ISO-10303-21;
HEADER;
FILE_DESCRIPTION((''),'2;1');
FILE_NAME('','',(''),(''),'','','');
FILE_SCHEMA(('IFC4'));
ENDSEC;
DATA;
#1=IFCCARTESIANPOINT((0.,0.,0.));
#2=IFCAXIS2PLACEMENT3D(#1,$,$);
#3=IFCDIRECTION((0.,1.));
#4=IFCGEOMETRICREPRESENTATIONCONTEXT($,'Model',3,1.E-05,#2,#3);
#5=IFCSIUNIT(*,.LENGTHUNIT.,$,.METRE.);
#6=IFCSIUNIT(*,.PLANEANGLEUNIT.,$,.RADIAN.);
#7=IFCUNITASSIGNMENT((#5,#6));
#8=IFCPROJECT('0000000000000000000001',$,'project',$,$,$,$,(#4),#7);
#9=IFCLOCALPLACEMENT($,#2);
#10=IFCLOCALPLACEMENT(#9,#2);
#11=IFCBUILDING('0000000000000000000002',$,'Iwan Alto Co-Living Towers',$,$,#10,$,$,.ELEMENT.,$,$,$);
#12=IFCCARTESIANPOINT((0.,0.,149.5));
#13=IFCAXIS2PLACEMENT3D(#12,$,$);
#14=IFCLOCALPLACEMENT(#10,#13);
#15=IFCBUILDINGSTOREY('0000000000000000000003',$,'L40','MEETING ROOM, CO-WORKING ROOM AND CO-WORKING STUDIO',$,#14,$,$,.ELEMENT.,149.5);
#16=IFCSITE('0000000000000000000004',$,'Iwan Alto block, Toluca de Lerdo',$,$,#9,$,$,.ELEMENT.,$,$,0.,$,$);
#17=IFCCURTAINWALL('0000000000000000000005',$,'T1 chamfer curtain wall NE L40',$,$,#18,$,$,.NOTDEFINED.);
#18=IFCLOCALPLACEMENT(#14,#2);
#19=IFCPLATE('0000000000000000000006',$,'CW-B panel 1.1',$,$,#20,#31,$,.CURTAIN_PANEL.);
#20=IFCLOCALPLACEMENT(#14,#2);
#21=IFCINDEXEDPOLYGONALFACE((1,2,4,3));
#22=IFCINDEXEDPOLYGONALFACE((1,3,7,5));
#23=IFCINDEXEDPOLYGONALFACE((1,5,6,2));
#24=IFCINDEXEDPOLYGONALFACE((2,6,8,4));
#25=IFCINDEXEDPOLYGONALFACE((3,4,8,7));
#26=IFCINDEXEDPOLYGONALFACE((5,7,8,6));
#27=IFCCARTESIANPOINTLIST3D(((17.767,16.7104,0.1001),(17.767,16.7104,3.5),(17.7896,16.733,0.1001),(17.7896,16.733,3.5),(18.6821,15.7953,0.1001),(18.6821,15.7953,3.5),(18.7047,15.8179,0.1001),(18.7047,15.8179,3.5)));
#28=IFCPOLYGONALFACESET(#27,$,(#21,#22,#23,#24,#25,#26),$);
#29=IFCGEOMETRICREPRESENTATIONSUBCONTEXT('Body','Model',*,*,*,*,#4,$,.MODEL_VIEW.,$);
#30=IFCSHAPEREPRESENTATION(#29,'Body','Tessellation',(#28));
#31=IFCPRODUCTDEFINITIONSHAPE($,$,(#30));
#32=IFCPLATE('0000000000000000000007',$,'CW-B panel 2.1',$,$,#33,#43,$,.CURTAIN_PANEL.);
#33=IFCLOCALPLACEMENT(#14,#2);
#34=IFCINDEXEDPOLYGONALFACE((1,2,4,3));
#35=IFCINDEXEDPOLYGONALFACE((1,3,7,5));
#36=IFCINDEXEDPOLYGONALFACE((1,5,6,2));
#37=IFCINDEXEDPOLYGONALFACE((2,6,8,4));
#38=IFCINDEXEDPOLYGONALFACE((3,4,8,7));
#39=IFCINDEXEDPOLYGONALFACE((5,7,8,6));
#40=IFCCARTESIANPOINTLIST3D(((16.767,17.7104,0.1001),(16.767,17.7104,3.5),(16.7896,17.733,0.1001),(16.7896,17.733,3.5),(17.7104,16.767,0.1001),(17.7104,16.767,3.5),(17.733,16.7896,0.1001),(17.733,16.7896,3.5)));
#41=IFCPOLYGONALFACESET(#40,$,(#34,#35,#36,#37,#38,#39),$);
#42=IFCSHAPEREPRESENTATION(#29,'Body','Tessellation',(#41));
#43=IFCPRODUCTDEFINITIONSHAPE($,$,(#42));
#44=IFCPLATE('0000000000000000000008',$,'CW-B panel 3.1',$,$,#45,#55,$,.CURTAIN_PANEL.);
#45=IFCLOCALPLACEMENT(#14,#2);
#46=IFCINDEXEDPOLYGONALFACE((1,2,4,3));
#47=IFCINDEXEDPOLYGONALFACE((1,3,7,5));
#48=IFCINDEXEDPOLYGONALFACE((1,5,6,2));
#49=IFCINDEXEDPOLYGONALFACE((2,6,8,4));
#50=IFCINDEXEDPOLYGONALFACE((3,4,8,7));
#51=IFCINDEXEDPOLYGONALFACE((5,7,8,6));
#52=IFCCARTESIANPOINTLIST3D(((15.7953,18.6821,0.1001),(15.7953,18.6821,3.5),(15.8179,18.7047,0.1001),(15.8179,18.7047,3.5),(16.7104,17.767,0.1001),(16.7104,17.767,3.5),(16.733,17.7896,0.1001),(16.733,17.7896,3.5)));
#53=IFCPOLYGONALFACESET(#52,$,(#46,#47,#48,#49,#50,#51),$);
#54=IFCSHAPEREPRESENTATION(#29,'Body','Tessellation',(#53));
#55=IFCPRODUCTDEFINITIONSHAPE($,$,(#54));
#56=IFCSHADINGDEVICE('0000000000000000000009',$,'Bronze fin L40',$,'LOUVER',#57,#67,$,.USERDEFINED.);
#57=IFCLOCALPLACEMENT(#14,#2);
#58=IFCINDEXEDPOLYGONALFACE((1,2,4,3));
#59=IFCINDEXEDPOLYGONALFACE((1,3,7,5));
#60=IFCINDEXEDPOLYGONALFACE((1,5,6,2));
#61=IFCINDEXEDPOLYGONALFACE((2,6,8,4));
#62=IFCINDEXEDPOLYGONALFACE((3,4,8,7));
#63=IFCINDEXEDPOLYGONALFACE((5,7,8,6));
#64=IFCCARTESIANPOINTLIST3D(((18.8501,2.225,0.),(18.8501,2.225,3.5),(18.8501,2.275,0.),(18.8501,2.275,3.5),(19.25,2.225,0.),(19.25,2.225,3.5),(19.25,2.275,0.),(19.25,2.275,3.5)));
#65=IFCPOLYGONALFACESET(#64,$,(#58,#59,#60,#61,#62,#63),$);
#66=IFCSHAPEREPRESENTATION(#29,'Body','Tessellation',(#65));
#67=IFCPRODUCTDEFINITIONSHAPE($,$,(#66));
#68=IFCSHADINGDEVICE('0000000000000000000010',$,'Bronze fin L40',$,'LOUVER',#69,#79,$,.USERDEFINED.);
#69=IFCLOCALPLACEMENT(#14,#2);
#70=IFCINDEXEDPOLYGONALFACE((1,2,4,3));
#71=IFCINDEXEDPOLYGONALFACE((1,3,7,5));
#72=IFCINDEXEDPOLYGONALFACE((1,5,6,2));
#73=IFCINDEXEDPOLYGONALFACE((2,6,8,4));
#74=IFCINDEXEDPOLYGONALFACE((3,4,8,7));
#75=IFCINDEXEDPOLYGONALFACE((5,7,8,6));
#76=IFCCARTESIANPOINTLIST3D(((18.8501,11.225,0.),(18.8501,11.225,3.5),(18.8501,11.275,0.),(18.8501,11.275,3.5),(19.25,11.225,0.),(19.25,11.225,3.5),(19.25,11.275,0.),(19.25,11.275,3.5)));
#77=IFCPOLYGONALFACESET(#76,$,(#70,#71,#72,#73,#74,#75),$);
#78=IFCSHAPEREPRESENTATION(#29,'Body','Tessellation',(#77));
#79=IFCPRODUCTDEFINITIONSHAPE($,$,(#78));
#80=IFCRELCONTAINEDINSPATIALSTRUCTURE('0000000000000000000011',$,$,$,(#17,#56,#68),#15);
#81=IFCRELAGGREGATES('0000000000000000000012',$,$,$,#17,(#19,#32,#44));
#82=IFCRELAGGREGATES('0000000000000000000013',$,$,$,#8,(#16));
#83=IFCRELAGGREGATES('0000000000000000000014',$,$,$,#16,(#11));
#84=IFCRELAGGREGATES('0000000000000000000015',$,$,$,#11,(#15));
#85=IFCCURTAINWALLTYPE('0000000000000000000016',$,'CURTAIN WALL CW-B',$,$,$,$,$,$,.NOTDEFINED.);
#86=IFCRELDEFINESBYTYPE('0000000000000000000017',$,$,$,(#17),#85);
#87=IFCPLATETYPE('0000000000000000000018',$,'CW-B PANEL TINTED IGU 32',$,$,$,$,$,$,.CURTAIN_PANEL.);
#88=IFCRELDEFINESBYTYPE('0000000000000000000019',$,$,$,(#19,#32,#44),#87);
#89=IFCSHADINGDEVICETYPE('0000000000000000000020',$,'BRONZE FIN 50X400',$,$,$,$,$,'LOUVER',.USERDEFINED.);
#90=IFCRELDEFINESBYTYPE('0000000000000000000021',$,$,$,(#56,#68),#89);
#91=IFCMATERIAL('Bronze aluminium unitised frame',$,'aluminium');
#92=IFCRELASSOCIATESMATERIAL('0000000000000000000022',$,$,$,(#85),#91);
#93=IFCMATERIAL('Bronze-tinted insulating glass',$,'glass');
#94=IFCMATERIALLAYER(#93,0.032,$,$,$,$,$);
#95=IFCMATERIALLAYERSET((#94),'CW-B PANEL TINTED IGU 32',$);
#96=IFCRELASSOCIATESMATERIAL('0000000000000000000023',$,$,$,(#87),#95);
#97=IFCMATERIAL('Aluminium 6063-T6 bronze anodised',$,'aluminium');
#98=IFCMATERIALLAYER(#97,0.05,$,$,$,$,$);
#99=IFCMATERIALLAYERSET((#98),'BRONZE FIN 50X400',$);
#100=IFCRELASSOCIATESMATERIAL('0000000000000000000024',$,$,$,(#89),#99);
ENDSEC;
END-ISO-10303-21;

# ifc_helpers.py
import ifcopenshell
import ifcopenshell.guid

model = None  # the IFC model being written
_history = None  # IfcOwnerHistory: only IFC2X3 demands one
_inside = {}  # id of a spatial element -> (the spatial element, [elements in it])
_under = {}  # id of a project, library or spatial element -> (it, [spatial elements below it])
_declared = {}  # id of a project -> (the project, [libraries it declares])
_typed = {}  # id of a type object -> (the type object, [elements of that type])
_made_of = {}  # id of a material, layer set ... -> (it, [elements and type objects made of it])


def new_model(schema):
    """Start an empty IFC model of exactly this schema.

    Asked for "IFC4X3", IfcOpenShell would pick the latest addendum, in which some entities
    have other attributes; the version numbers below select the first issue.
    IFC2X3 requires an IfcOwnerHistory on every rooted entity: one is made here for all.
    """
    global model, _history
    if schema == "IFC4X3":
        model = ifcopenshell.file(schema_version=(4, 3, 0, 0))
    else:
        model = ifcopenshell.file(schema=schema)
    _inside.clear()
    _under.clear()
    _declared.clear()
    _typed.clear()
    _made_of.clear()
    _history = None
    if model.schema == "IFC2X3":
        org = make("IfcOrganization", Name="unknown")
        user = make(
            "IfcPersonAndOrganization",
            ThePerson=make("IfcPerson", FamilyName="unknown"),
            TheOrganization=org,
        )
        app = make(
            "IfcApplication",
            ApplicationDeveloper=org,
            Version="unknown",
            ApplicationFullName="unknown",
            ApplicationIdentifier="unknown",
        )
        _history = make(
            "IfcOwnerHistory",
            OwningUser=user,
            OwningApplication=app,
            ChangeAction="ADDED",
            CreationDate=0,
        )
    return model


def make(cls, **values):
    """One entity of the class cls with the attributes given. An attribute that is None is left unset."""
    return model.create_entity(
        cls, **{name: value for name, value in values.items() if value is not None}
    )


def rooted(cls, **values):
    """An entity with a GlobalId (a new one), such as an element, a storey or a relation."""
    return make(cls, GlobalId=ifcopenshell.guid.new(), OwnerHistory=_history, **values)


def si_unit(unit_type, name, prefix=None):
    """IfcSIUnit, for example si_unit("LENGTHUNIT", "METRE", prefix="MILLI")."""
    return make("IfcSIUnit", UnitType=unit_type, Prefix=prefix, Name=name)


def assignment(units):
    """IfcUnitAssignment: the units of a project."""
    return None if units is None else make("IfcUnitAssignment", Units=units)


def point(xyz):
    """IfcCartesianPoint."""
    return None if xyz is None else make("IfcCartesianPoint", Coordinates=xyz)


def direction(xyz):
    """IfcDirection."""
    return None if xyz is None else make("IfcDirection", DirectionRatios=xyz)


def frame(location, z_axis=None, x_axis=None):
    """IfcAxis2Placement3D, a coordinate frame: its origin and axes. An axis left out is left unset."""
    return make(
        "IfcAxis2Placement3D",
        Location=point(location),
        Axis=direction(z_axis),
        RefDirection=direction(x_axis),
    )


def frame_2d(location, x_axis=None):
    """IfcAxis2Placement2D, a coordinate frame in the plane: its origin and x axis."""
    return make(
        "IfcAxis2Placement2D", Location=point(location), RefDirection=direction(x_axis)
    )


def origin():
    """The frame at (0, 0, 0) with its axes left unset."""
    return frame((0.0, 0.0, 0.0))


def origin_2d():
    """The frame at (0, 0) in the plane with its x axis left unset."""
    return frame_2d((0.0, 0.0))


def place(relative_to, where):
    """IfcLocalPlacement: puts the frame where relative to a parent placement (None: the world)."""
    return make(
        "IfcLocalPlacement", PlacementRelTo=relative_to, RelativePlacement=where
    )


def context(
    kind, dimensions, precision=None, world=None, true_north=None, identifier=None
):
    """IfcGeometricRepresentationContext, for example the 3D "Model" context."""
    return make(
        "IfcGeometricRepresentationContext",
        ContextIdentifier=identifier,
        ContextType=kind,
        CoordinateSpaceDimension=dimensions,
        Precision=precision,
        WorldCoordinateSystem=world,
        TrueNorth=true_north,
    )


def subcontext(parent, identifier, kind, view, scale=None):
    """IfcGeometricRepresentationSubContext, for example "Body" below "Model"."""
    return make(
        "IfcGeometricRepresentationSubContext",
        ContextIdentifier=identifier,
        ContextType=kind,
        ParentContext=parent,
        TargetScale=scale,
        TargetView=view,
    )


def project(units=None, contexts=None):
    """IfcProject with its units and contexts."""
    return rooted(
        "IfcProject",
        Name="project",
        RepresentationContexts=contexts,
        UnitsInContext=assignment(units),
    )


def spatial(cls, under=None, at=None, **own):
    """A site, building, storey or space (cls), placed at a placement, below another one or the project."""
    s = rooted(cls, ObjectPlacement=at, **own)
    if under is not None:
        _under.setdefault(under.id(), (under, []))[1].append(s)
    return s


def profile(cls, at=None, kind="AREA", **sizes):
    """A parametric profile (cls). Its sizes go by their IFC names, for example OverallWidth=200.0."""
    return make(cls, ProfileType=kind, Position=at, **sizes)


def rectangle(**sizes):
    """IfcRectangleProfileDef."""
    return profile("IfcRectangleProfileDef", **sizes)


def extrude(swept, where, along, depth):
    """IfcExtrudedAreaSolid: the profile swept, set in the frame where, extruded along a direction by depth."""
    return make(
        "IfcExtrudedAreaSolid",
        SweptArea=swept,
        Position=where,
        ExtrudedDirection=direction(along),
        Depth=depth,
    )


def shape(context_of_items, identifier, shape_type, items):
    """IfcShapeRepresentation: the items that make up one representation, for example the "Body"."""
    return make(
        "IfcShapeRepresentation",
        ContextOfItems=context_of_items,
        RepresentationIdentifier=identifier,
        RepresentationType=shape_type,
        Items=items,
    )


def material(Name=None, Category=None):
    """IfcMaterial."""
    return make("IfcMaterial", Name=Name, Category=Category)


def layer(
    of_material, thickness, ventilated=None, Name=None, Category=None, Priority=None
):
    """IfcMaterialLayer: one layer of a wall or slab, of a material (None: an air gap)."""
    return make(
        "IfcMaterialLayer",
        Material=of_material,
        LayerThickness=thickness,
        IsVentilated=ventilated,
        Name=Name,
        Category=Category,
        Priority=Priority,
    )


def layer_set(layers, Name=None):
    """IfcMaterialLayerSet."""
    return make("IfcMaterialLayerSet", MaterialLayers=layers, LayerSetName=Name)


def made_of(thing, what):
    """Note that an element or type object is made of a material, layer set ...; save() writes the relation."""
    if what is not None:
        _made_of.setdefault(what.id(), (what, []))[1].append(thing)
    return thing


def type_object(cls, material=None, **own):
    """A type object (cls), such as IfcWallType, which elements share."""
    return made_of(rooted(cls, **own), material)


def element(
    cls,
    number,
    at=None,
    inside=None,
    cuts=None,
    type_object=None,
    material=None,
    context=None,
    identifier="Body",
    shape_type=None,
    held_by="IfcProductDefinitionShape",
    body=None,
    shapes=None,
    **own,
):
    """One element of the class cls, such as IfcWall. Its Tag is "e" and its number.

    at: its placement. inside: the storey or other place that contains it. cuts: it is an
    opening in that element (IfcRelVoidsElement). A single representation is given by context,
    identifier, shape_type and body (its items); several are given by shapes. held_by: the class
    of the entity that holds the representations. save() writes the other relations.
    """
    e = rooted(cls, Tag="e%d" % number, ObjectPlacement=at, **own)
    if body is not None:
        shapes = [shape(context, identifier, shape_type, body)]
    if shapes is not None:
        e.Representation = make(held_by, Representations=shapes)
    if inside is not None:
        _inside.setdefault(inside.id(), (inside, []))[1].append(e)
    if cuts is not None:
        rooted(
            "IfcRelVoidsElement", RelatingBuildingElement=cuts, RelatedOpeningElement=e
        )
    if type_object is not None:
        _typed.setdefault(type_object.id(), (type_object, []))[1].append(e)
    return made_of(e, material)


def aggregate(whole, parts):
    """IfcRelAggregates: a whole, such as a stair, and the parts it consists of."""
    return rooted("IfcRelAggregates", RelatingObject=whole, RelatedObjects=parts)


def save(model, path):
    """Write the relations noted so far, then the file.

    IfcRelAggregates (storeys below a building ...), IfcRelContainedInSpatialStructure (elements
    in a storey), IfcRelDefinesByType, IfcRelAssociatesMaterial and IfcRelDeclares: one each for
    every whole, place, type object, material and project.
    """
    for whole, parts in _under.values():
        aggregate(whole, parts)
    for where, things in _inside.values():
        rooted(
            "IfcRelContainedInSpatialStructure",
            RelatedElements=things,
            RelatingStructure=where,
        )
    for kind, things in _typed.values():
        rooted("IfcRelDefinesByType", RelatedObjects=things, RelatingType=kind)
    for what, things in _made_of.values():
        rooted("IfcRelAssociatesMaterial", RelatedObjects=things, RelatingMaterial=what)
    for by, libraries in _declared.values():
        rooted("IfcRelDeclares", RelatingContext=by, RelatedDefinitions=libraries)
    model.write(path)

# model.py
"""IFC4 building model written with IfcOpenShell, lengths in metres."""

from ifc_helpers import new_model, si_unit, direction, frame, origin, origin_2d, place, context, subcontext, project, spatial, rectangle, extrude, material, layer, layer_set, type_object, element, aggregate, save


model = new_model("IFC4")

# Units and contexts
model_context = context("Model", 3, precision=1e-05, world=origin(), true_north=direction((0.0, 1.0)))
body_context = subcontext(model_context, "Body", "Model", "MODEL_VIEW")
ifc_project = project(units=[si_unit("LENGTHUNIT", "METRE"), si_unit("PLANEANGLEUNIT", "RADIAN")], contexts=[model_context])

# Site, building, storey
site_placement = place(None, origin())
site = spatial("IfcSite", under=ifc_project, at=site_placement, Name="Iwan Alto block, Toluca de Lerdo", CompositionType="ELEMENT", RefElevation=0.0)
building_placement = place(site_placement, origin())
building = spatial("IfcBuilding", under=site, at=building_placement, Name="Iwan Alto Co-Living Towers", CompositionType="ELEMENT")
storey_placement = place(building_placement, frame((0.0, 0.0, 149.5)))
storey = spatial("IfcBuildingStorey", under=building, at=storey_placement, Name="L40", Description="MEETING ROOM, CO-WORKING ROOM AND CO-WORKING STUDIO", CompositionType="ELEMENT", Elevation=149.5)

# Curtain wall
ifc_material_1 = material(Name="Bronze aluminium unitised frame", Category="aluminium")
curtain_wall_type_1 = type_object("IfcCurtainWallType", Name="CURTAIN WALL CW-B", PredefinedType="NOTDEFINED", material=ifc_material_1)
curtain_wall_1_placement = place(storey_placement, origin())
curtain_wall_1 = element("IfcCurtainWall", 1, at=curtain_wall_1_placement, inside=storey, type_object=curtain_wall_type_1, Name="T1 chamfer curtain wall NE L40", PredefinedType="NOTDEFINED")

# Plates
ifc_material_2 = material(Name="Bronze-tinted insulating glass", Category="glass")
ifc_layer_1 = layer(ifc_material_2, 0.032)
ifc_layer_set_1 = layer_set([ifc_layer_1], Name="CW-B PANEL TINTED IGU 32")
plate_type_1 = type_object("IfcPlateType", Name="CW-B PANEL TINTED IGU 32", PredefinedType="CURTAIN_PANEL", material=ifc_layer_set_1)
plate_1_placement = place(storey_placement, frame((18.2358, 16.2642, 0.1001), z_axis=(0.0, 0.0, 1.0), x_axis=(-0.707107, 0.707107, 0.0)))
plate_1 = element("IfcPlate", 2, at=plate_1_placement, type_object=plate_type_1, Name="CW-B panel 1.1", PredefinedType="CURTAIN_PANEL", context=body_context, shape_type="SweptSolid", body=[
    extrude(rectangle(XDim=1.2942, YDim=0.032, at=origin_2d()), origin(), (0.0, 0.0, 1.0), 3.3999),
])
plate_2_placement = place(storey_placement, frame((17.25, 17.25, 0.1001), z_axis=(0.0, 0.0, 1.0), x_axis=(-0.707107, 0.707107, 0.0)))
plate_2 = element("IfcPlate", 3, at=plate_2_placement, type_object=plate_type_1, Name="CW-B panel 2.1", PredefinedType="CURTAIN_PANEL", context=body_context, shape_type="SweptSolid", body=[
    extrude(rectangle(XDim=1.3342, YDim=0.032, at=origin_2d()), origin(), (0.0, 0.0, 1.0), 3.3999),
])
plate_3_placement = place(storey_placement, frame((16.2642, 18.2358, 0.1001), z_axis=(0.0, 0.0, 1.0), x_axis=(-0.707107, 0.707107, 0.0)))
plate_3 = element("IfcPlate", 4, at=plate_3_placement, type_object=plate_type_1, Name="CW-B panel 3.1", PredefinedType="CURTAIN_PANEL", context=body_context, shape_type="SweptSolid", body=[
    extrude(rectangle(XDim=1.2942, YDim=0.032, at=origin_2d()), origin(), (0.0, 0.0, 1.0), 3.3999),
])
aggregate(curtain_wall_1, [plate_1, plate_2, plate_3])

# Shading devices
ifc_material_3 = material(Name="Aluminium 6063-T6 bronze anodised", Category="aluminium")
ifc_layer_2 = layer(ifc_material_3, 0.05)
ifc_layer_set_2 = layer_set([ifc_layer_2], Name="BRONZE FIN 50X400")
shading_device_type = type_object("IfcShadingDeviceType", Name="BRONZE FIN 50X400", ElementType="LOUVER", PredefinedType="USERDEFINED", material=ifc_layer_set_2)
for number, where, z_axis, x_axis, name in (
    (5, (19.05, 2.25, 0.0), (0.0, 0.0, 1.0), (0.0, 1.0, 0.0), "Bronze fin L40"),
    (6, (19.05, 11.25, 0.0), (0.0, 0.0, 1.0), (0.0, 1.0, 0.0), "Bronze fin L40"),
):
    element("IfcShadingDevice", number, at=place(storey_placement, frame(where, z_axis=z_axis, x_axis=x_axis)), inside=storey, type_object=shading_device_type, Name=name, ObjectType="LOUVER", PredefinedType="USERDEFINED", context=body_context, shape_type="SweptSolid", body=[
        extrude(rectangle(XDim=0.05, YDim=0.3999, at=origin_2d()), origin(), (0.0, 0.0, 1.0), 3.5),
    ])

save(model, "model.ifc")
